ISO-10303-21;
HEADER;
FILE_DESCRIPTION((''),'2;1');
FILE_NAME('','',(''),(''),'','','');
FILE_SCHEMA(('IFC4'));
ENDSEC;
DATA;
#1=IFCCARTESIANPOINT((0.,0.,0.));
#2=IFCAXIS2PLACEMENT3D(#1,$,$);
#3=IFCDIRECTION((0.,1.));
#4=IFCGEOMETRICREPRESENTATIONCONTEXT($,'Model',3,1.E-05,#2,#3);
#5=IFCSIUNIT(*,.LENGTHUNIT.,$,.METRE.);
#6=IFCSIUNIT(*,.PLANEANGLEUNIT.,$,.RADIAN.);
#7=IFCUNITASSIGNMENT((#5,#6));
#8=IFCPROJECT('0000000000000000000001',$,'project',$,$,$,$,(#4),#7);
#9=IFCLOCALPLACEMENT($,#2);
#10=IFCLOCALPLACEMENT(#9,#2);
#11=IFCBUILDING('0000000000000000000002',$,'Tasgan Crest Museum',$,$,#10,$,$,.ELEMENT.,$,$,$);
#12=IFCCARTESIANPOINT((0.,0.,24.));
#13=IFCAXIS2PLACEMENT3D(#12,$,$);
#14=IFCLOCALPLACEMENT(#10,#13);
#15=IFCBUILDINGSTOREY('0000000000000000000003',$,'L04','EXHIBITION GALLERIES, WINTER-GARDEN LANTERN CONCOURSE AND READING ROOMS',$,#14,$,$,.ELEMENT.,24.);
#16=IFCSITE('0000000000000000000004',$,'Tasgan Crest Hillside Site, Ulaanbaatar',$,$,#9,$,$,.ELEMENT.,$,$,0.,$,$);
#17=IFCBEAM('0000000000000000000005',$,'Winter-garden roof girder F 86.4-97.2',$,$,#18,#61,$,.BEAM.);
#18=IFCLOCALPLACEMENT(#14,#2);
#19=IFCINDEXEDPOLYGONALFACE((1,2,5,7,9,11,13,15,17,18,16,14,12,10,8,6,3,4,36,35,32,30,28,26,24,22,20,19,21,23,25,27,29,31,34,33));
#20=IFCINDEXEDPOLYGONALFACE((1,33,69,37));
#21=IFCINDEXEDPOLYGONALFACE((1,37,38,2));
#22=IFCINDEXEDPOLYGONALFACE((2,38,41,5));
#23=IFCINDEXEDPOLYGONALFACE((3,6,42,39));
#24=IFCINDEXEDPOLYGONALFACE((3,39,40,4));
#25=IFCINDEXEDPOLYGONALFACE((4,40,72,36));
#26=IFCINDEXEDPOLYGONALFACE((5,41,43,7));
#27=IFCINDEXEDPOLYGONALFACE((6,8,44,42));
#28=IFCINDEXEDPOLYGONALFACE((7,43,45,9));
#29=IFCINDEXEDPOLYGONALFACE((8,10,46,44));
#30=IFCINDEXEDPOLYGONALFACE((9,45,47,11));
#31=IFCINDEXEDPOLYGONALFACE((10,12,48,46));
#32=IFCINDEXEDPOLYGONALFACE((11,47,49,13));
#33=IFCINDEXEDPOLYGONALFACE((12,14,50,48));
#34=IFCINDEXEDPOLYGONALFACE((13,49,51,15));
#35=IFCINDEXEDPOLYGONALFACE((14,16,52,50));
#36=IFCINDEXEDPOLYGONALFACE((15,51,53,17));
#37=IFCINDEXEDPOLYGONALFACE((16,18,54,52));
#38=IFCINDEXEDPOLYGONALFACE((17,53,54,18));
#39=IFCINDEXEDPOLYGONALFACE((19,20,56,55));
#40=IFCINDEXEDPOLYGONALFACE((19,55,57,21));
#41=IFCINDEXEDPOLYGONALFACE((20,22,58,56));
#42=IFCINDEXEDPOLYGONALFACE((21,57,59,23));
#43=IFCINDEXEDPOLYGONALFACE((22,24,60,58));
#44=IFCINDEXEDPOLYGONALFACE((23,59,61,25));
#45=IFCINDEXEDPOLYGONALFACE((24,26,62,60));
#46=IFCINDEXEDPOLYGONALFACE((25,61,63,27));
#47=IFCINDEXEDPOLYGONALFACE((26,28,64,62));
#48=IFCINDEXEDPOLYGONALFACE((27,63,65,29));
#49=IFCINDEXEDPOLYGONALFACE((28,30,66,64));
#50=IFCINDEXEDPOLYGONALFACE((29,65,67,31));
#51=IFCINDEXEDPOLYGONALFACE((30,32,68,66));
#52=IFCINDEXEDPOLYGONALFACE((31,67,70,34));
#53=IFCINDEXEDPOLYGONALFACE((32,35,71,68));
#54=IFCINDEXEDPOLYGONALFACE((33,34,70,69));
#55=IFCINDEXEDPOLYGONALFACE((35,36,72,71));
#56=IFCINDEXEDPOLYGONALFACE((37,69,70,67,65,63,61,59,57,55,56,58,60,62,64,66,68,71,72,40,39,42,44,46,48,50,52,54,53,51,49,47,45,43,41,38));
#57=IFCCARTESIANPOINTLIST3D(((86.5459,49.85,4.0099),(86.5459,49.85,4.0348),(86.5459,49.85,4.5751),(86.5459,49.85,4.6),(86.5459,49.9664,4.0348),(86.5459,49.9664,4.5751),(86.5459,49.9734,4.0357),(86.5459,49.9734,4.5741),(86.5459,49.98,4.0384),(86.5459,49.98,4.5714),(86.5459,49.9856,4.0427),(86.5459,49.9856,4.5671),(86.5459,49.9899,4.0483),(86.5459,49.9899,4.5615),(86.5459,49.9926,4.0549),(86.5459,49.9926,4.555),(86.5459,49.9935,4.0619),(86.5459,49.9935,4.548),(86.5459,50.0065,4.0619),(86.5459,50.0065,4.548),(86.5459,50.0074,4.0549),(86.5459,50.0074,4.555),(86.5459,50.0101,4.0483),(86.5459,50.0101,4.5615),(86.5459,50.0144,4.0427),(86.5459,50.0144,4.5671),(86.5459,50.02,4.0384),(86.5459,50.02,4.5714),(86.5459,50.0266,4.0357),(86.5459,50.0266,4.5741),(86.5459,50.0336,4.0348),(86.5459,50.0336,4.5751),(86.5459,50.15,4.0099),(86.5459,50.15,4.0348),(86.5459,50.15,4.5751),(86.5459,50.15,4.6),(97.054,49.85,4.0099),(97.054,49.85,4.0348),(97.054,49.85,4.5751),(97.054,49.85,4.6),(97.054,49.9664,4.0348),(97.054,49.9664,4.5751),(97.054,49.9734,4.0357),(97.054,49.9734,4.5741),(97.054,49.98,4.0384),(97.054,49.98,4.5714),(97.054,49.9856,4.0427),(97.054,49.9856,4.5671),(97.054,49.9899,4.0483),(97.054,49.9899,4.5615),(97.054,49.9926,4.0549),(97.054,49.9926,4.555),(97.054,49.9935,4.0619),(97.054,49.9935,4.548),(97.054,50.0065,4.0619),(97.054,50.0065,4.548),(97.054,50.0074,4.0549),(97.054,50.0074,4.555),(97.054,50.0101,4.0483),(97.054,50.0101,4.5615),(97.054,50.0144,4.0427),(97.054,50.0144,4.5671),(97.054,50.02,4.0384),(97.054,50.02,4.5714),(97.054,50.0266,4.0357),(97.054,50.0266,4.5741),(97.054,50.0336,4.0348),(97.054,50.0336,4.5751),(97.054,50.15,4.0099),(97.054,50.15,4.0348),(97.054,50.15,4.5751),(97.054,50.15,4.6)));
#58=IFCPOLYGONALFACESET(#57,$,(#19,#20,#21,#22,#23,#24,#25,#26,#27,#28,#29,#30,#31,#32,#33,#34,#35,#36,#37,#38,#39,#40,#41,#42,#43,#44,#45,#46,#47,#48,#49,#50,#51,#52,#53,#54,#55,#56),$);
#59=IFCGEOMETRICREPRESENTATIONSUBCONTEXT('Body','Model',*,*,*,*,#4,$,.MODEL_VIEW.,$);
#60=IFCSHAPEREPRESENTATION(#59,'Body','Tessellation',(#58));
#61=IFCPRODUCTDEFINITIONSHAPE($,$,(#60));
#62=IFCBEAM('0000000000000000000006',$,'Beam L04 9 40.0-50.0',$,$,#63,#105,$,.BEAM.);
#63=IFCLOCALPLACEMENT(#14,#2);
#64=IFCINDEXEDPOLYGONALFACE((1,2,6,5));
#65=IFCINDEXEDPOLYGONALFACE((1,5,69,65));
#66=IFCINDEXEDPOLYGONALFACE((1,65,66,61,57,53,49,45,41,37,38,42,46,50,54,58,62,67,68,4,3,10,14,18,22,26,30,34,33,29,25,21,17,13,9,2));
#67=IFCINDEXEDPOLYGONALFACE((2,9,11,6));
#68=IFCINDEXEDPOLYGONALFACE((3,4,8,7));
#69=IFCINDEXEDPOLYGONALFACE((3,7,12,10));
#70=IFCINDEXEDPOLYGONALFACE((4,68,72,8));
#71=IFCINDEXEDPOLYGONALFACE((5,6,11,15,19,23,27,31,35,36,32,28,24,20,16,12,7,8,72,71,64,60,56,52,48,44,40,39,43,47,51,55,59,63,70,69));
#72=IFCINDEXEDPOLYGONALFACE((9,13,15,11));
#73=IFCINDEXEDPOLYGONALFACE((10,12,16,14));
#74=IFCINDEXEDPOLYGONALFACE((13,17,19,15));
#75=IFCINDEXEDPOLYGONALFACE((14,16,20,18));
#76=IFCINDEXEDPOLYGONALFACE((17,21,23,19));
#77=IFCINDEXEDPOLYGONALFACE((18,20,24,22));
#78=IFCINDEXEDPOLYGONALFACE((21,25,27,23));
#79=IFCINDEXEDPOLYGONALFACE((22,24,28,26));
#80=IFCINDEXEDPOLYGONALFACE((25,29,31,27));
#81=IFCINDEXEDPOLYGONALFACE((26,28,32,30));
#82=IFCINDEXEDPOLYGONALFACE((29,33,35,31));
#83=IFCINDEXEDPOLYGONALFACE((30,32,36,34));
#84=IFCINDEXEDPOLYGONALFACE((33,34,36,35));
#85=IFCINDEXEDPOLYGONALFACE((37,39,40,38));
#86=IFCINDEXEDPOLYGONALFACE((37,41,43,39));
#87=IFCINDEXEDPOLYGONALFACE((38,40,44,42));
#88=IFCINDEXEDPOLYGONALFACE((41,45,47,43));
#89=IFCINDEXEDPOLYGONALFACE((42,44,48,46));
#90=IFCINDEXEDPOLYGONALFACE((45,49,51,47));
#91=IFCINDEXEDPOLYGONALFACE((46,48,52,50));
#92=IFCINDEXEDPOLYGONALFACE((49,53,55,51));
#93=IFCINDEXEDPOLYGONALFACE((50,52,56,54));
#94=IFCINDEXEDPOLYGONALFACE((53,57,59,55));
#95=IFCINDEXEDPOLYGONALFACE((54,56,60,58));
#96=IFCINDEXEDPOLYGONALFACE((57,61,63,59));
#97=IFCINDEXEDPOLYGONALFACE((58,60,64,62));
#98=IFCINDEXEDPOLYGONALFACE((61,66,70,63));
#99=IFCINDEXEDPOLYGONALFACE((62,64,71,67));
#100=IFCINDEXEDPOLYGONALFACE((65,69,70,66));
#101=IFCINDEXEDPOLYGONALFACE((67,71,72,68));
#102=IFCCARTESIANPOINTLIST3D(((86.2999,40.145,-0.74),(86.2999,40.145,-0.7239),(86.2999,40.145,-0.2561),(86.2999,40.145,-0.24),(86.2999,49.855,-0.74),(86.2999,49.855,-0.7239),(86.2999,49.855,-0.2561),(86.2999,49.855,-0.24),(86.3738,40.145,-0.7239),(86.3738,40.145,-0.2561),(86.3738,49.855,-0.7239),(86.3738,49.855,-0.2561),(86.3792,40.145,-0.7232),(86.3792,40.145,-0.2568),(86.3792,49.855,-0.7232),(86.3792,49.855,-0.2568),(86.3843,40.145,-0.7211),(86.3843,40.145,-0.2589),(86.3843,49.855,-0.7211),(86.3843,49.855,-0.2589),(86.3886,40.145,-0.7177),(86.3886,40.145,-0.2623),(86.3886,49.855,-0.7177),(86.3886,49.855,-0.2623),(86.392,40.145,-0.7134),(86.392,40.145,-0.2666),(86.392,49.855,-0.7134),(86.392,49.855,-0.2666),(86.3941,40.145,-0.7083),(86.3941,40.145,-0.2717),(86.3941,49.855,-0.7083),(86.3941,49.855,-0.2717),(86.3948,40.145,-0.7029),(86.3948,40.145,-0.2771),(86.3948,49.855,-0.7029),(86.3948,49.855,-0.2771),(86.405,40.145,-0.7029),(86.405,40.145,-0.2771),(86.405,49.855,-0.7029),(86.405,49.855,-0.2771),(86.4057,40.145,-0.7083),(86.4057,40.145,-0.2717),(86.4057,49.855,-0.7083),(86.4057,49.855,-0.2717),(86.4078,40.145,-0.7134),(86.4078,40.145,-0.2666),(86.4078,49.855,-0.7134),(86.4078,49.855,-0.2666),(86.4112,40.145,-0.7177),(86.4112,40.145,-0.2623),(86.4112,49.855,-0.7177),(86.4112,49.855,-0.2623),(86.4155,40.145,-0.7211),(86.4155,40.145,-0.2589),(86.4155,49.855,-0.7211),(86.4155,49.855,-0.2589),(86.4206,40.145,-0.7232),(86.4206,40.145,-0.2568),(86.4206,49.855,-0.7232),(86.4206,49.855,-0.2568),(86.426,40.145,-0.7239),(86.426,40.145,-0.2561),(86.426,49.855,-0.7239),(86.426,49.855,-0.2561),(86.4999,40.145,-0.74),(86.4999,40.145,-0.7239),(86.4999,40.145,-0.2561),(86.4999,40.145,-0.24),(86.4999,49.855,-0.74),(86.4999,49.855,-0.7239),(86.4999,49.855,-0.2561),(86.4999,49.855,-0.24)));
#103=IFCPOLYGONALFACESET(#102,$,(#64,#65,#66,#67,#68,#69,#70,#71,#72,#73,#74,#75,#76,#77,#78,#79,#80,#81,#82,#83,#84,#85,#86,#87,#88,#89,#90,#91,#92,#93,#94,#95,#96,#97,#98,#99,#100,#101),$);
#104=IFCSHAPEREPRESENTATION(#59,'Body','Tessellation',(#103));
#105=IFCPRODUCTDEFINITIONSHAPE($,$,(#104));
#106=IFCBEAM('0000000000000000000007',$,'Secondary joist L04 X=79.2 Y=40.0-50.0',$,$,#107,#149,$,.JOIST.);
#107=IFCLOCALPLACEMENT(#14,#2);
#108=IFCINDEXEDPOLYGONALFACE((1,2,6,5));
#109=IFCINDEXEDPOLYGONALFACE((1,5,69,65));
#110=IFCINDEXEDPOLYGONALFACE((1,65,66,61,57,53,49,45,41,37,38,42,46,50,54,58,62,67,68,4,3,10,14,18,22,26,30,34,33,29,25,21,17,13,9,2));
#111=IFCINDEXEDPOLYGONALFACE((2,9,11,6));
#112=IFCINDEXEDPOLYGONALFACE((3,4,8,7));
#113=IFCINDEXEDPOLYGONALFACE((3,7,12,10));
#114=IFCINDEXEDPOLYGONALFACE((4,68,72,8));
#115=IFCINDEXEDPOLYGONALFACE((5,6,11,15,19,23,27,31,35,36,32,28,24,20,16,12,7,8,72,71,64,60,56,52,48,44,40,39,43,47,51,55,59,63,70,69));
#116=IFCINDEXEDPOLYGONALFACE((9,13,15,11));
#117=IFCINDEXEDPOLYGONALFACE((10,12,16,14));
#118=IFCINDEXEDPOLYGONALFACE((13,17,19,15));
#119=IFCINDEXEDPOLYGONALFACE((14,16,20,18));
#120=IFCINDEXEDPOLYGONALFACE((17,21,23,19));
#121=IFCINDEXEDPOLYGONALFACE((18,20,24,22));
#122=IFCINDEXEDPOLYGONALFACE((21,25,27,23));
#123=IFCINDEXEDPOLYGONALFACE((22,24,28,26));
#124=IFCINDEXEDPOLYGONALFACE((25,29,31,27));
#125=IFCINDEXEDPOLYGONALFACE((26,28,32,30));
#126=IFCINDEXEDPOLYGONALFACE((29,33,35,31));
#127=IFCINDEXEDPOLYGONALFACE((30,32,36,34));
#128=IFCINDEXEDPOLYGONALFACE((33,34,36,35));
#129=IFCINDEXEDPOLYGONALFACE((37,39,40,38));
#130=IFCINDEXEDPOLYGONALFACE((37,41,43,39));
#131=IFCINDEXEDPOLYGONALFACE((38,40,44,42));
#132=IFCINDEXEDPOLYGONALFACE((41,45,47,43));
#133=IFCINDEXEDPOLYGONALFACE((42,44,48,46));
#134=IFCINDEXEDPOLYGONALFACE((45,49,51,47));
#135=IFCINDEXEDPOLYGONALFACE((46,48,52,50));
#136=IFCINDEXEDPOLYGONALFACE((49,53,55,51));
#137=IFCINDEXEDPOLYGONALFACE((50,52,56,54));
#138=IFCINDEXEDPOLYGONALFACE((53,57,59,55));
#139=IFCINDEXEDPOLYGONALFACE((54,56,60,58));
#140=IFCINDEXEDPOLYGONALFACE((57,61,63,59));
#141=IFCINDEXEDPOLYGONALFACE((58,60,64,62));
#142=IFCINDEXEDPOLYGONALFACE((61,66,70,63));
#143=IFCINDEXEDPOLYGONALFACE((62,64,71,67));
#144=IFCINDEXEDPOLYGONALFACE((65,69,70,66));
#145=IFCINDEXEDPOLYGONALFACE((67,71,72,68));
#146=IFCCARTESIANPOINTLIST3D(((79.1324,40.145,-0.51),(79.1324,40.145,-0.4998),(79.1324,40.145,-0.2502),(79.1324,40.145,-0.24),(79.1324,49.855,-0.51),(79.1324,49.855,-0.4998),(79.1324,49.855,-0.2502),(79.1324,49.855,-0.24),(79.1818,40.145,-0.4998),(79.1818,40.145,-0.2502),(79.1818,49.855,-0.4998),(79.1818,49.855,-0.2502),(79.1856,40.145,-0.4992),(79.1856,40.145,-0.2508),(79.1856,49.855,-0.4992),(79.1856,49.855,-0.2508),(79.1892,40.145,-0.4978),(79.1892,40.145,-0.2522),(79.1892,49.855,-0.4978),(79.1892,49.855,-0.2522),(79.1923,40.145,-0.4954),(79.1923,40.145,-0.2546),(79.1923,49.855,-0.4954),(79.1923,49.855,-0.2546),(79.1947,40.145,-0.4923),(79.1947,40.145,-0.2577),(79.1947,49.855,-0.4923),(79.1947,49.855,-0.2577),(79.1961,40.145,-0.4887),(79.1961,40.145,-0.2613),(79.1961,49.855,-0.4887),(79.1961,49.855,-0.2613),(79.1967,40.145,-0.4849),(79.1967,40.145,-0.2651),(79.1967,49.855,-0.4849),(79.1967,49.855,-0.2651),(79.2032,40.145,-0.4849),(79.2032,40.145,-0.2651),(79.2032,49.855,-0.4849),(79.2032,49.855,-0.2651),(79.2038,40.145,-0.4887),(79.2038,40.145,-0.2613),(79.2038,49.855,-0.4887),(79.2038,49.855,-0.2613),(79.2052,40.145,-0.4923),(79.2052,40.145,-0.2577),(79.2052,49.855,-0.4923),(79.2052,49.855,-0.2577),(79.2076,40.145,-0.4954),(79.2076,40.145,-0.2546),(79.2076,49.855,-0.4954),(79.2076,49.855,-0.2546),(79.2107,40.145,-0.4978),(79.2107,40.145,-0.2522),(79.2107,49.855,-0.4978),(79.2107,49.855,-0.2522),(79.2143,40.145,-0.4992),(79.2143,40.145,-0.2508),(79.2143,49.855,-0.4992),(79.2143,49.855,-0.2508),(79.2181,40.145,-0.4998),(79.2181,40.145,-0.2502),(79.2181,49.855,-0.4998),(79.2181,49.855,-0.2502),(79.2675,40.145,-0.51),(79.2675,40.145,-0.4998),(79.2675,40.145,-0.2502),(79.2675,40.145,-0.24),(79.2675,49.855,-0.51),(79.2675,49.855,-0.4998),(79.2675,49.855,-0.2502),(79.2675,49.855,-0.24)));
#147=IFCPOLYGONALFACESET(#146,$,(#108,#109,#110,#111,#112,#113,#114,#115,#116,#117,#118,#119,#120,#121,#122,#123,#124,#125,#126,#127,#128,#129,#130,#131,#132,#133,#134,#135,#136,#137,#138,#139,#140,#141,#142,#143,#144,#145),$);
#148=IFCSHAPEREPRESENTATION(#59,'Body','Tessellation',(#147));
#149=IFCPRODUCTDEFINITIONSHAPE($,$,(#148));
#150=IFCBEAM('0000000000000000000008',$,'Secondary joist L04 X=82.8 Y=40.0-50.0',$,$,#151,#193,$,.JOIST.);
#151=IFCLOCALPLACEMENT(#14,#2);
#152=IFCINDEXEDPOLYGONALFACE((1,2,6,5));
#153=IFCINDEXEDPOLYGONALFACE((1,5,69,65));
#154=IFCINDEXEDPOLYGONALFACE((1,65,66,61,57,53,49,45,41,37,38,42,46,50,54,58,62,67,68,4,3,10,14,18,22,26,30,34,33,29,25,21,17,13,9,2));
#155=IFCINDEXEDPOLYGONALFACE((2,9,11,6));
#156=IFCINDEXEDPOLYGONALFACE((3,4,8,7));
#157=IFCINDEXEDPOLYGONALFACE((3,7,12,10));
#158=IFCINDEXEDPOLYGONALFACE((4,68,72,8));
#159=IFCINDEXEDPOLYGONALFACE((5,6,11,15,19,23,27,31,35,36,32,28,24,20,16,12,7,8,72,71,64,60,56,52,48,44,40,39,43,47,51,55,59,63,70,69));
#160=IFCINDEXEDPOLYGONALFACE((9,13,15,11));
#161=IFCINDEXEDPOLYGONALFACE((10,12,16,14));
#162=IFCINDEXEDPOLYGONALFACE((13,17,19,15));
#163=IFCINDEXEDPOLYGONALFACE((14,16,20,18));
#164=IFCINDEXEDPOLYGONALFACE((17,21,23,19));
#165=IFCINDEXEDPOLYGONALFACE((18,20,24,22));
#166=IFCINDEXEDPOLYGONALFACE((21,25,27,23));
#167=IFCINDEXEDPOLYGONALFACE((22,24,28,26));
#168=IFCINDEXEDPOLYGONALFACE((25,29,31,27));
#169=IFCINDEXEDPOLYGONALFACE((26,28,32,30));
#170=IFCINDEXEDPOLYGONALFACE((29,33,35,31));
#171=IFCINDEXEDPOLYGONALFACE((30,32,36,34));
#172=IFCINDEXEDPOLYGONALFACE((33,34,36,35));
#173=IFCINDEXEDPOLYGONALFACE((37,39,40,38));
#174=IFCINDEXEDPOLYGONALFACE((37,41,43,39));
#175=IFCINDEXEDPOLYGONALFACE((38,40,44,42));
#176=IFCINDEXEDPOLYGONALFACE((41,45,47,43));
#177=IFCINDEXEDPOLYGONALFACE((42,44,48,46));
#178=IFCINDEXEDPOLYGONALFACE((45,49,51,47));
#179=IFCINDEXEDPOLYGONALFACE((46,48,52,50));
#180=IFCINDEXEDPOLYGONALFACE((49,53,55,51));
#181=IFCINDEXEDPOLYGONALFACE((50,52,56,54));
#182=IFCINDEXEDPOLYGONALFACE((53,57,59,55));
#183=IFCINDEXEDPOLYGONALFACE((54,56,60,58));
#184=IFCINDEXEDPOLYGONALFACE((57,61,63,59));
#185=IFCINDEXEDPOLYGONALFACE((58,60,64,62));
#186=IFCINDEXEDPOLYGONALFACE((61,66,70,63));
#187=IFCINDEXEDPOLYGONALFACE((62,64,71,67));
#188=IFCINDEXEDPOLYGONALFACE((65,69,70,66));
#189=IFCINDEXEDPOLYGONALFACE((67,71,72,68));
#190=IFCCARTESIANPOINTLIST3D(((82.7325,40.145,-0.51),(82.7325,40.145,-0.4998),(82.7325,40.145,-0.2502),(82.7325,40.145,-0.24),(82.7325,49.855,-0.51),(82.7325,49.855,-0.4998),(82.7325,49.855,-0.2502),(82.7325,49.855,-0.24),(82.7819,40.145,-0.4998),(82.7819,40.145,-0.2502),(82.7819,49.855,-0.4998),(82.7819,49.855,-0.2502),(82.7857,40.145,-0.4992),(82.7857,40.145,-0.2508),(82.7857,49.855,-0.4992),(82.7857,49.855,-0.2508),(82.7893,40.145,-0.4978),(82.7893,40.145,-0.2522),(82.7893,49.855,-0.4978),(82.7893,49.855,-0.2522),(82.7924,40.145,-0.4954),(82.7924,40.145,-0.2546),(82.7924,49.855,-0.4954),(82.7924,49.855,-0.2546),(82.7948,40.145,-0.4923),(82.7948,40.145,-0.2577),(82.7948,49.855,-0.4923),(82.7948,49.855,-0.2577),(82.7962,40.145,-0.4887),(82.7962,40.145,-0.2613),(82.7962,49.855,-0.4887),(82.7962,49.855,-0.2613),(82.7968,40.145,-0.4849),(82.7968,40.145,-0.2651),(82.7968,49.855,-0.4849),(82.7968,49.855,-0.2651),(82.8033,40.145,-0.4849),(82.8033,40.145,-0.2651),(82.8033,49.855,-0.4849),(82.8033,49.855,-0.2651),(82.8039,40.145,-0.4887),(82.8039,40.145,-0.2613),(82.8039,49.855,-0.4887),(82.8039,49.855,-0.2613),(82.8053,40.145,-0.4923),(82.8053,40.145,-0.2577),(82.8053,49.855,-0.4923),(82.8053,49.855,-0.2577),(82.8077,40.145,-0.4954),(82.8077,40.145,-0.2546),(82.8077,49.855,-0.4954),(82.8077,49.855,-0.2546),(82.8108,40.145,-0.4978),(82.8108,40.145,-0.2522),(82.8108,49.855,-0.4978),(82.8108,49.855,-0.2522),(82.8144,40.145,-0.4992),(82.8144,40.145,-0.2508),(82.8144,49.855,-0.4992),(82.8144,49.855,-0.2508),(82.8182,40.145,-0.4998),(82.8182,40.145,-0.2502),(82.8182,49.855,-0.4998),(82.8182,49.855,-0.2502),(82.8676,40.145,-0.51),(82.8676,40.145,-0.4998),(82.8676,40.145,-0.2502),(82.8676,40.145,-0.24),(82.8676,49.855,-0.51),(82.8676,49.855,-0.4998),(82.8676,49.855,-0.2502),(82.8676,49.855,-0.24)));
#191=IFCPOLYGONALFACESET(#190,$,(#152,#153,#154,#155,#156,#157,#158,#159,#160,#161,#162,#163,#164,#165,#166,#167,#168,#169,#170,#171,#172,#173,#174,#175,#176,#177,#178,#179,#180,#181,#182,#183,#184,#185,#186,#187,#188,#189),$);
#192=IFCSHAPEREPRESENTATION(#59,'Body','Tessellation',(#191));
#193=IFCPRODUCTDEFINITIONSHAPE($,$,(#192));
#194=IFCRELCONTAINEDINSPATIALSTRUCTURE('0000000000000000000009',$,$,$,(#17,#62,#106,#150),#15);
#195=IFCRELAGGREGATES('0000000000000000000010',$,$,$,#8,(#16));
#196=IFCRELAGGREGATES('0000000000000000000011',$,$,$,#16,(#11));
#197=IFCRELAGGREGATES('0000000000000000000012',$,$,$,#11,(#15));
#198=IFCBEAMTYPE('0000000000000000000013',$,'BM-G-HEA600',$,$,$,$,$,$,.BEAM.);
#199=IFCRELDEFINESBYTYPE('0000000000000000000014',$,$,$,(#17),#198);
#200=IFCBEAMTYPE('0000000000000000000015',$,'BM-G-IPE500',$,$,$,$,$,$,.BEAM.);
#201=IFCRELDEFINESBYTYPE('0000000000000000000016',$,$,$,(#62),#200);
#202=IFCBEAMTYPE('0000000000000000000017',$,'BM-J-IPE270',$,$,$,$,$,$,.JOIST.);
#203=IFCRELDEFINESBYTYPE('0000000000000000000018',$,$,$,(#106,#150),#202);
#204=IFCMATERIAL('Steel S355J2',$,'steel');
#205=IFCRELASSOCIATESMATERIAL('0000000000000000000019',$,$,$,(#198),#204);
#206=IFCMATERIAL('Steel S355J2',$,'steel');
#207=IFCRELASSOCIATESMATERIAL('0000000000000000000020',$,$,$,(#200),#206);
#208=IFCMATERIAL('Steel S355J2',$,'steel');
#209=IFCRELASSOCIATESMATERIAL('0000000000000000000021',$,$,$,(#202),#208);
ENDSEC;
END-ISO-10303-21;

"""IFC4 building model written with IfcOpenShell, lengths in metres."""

from ifc_helpers import new_model, si_unit, direction, frame, origin, origin_2d, place, context, subcontext, project, spatial, i_section, extrude, material, material_profile, profile_set, type_object, element, save


model = new_model("IFC4")

# Units and contexts
model_context = context("Model", 3, precision=1e-05, world=origin(), true_north=direction((0.0, 1.0)))
body_context = subcontext(model_context, "Body", "Model", "MODEL_VIEW")
ifc_project = project(units=[si_unit("LENGTHUNIT", "METRE"), si_unit("PLANEANGLEUNIT", "RADIAN")], contexts=[model_context])

# Site, building, storey
site_placement = place(None, origin())
site = spatial("IfcSite", under=ifc_project, at=site_placement, Name="Tasgan Crest Hillside Site, Ulaanbaatar", CompositionType="ELEMENT", RefElevation=0.0)
building_placement = place(site_placement, origin())
building = spatial("IfcBuilding", under=site, at=building_placement, Name="Tasgan Crest Museum", CompositionType="ELEMENT")
storey_placement = place(building_placement, frame((0.0, 0.0, 24.0)))
storey = spatial("IfcBuildingStorey", under=building, at=storey_placement, Name="L04", Description="EXHIBITION GALLERIES, WINTER-GARDEN LANTERN CONCOURSE AND READING ROOMS", CompositionType="ELEMENT", Elevation=24.0)

# Beams
ifc_material_1 = material(Name="Steel S355J2", Category="steel")
ifc_material_profile_1 = material_profile(ifc_material_1, i_section(OverallWidth=0.3, OverallDepth=0.5901, WebThickness=0.0129, FlangeThickness=0.0249, FilletRadius=0.0271, at=origin_2d()), Name="HEA 600")
ifc_profile_set_1 = profile_set([ifc_material_profile_1], Name="Steel S355J2")
beam_type_1 = type_object("IfcBeamType", Name="BM-G-HEA600", PredefinedType="BEAM", material=ifc_profile_set_1)
beam_1_placement = place(storey_placement, frame((86.5459, 50.0, 4.3049), z_axis=(1.0, 0.0, 0.0), x_axis=(0.0, 1.0, 0.0)))
element("IfcBeam", 1, at=beam_1_placement, inside=storey, type_object=beam_type_1, Name="Winter-garden roof girder F 86.4-97.2", PredefinedType="BEAM", context=body_context, shape_type="SweptSolid", body=[
    extrude(i_section(OverallWidth=0.3, OverallDepth=0.5901, WebThickness=0.0129, FlangeThickness=0.0249, FilletRadius=0.0271, at=origin_2d()), origin(), (0.0, 0.0, 1.0), 10.5081),
])
ifc_material_2 = material(Name="Steel S355J2", Category="steel")
ifc_material_profile_2 = material_profile(ifc_material_2, i_section(OverallWidth=0.2, OverallDepth=0.5, WebThickness=0.0103, FlangeThickness=0.0161, FilletRadius=0.021, at=origin_2d()), Name="IPE 500")
ifc_profile_set_2 = profile_set([ifc_material_profile_2], Name="Steel S355J2")
beam_type_2 = type_object("IfcBeamType", Name="BM-G-IPE500", PredefinedType="BEAM", material=ifc_profile_set_2)
beam_2_placement = place(storey_placement, frame((86.3999, 40.145, -0.49), z_axis=(0.0, 1.0, 0.0), x_axis=(-1.0, 0.0, 0.0)))
element("IfcBeam", 2, at=beam_2_placement, inside=storey, type_object=beam_type_2, Name="Beam L04 9 40.0-50.0", PredefinedType="BEAM", context=body_context, shape_type="SweptSolid", body=[
    extrude(i_section(OverallWidth=0.2, OverallDepth=0.5, WebThickness=0.0103, FlangeThickness=0.0161, FilletRadius=0.021, at=origin_2d()), origin(), (0.0, 0.0, 1.0), 9.71),
])
ifc_material_3 = material(Name="Steel S355J2", Category="steel")
ifc_material_profile_3 = material_profile(ifc_material_3, i_section(OverallWidth=0.135, OverallDepth=0.27, WebThickness=0.0066, FlangeThickness=0.0103, FilletRadius=0.0149, at=origin_2d()), Name="IPE 270")
ifc_profile_set_3 = profile_set([ifc_material_profile_3], Name="Steel S355J2")
beam_type_3 = type_object("IfcBeamType", Name="BM-J-IPE270", PredefinedType="JOIST", material=ifc_profile_set_3)
for number, where, z_axis, x_axis, name in (
    (3, (79.2, 40.145, -0.375), (0.0, 1.0, 0.0), (-1.0, 0.0, 0.0), "Secondary joist L04 X=79.2 Y=40.0-50.0"),
    (4, (82.8, 40.145, -0.375), (0.0, 1.0, 0.0), (-1.0, 0.0, 0.0), "Secondary joist L04 X=82.8 Y=40.0-50.0"),
):
    element("IfcBeam", number, at=place(storey_placement, frame(where, z_axis=z_axis, x_axis=x_axis)), inside=storey, type_object=beam_type_3, Name=name, PredefinedType="JOIST", context=body_context, shape_type="SweptSolid", body=[
        extrude(i_section(OverallWidth=0.135, OverallDepth=0.27, WebThickness=0.0066, FlangeThickness=0.0103, FilletRadius=0.0149, at=origin_2d()), origin(), (0.0, 0.0, 1.0), 9.71),
    ])

save(model, "model.ifc")
